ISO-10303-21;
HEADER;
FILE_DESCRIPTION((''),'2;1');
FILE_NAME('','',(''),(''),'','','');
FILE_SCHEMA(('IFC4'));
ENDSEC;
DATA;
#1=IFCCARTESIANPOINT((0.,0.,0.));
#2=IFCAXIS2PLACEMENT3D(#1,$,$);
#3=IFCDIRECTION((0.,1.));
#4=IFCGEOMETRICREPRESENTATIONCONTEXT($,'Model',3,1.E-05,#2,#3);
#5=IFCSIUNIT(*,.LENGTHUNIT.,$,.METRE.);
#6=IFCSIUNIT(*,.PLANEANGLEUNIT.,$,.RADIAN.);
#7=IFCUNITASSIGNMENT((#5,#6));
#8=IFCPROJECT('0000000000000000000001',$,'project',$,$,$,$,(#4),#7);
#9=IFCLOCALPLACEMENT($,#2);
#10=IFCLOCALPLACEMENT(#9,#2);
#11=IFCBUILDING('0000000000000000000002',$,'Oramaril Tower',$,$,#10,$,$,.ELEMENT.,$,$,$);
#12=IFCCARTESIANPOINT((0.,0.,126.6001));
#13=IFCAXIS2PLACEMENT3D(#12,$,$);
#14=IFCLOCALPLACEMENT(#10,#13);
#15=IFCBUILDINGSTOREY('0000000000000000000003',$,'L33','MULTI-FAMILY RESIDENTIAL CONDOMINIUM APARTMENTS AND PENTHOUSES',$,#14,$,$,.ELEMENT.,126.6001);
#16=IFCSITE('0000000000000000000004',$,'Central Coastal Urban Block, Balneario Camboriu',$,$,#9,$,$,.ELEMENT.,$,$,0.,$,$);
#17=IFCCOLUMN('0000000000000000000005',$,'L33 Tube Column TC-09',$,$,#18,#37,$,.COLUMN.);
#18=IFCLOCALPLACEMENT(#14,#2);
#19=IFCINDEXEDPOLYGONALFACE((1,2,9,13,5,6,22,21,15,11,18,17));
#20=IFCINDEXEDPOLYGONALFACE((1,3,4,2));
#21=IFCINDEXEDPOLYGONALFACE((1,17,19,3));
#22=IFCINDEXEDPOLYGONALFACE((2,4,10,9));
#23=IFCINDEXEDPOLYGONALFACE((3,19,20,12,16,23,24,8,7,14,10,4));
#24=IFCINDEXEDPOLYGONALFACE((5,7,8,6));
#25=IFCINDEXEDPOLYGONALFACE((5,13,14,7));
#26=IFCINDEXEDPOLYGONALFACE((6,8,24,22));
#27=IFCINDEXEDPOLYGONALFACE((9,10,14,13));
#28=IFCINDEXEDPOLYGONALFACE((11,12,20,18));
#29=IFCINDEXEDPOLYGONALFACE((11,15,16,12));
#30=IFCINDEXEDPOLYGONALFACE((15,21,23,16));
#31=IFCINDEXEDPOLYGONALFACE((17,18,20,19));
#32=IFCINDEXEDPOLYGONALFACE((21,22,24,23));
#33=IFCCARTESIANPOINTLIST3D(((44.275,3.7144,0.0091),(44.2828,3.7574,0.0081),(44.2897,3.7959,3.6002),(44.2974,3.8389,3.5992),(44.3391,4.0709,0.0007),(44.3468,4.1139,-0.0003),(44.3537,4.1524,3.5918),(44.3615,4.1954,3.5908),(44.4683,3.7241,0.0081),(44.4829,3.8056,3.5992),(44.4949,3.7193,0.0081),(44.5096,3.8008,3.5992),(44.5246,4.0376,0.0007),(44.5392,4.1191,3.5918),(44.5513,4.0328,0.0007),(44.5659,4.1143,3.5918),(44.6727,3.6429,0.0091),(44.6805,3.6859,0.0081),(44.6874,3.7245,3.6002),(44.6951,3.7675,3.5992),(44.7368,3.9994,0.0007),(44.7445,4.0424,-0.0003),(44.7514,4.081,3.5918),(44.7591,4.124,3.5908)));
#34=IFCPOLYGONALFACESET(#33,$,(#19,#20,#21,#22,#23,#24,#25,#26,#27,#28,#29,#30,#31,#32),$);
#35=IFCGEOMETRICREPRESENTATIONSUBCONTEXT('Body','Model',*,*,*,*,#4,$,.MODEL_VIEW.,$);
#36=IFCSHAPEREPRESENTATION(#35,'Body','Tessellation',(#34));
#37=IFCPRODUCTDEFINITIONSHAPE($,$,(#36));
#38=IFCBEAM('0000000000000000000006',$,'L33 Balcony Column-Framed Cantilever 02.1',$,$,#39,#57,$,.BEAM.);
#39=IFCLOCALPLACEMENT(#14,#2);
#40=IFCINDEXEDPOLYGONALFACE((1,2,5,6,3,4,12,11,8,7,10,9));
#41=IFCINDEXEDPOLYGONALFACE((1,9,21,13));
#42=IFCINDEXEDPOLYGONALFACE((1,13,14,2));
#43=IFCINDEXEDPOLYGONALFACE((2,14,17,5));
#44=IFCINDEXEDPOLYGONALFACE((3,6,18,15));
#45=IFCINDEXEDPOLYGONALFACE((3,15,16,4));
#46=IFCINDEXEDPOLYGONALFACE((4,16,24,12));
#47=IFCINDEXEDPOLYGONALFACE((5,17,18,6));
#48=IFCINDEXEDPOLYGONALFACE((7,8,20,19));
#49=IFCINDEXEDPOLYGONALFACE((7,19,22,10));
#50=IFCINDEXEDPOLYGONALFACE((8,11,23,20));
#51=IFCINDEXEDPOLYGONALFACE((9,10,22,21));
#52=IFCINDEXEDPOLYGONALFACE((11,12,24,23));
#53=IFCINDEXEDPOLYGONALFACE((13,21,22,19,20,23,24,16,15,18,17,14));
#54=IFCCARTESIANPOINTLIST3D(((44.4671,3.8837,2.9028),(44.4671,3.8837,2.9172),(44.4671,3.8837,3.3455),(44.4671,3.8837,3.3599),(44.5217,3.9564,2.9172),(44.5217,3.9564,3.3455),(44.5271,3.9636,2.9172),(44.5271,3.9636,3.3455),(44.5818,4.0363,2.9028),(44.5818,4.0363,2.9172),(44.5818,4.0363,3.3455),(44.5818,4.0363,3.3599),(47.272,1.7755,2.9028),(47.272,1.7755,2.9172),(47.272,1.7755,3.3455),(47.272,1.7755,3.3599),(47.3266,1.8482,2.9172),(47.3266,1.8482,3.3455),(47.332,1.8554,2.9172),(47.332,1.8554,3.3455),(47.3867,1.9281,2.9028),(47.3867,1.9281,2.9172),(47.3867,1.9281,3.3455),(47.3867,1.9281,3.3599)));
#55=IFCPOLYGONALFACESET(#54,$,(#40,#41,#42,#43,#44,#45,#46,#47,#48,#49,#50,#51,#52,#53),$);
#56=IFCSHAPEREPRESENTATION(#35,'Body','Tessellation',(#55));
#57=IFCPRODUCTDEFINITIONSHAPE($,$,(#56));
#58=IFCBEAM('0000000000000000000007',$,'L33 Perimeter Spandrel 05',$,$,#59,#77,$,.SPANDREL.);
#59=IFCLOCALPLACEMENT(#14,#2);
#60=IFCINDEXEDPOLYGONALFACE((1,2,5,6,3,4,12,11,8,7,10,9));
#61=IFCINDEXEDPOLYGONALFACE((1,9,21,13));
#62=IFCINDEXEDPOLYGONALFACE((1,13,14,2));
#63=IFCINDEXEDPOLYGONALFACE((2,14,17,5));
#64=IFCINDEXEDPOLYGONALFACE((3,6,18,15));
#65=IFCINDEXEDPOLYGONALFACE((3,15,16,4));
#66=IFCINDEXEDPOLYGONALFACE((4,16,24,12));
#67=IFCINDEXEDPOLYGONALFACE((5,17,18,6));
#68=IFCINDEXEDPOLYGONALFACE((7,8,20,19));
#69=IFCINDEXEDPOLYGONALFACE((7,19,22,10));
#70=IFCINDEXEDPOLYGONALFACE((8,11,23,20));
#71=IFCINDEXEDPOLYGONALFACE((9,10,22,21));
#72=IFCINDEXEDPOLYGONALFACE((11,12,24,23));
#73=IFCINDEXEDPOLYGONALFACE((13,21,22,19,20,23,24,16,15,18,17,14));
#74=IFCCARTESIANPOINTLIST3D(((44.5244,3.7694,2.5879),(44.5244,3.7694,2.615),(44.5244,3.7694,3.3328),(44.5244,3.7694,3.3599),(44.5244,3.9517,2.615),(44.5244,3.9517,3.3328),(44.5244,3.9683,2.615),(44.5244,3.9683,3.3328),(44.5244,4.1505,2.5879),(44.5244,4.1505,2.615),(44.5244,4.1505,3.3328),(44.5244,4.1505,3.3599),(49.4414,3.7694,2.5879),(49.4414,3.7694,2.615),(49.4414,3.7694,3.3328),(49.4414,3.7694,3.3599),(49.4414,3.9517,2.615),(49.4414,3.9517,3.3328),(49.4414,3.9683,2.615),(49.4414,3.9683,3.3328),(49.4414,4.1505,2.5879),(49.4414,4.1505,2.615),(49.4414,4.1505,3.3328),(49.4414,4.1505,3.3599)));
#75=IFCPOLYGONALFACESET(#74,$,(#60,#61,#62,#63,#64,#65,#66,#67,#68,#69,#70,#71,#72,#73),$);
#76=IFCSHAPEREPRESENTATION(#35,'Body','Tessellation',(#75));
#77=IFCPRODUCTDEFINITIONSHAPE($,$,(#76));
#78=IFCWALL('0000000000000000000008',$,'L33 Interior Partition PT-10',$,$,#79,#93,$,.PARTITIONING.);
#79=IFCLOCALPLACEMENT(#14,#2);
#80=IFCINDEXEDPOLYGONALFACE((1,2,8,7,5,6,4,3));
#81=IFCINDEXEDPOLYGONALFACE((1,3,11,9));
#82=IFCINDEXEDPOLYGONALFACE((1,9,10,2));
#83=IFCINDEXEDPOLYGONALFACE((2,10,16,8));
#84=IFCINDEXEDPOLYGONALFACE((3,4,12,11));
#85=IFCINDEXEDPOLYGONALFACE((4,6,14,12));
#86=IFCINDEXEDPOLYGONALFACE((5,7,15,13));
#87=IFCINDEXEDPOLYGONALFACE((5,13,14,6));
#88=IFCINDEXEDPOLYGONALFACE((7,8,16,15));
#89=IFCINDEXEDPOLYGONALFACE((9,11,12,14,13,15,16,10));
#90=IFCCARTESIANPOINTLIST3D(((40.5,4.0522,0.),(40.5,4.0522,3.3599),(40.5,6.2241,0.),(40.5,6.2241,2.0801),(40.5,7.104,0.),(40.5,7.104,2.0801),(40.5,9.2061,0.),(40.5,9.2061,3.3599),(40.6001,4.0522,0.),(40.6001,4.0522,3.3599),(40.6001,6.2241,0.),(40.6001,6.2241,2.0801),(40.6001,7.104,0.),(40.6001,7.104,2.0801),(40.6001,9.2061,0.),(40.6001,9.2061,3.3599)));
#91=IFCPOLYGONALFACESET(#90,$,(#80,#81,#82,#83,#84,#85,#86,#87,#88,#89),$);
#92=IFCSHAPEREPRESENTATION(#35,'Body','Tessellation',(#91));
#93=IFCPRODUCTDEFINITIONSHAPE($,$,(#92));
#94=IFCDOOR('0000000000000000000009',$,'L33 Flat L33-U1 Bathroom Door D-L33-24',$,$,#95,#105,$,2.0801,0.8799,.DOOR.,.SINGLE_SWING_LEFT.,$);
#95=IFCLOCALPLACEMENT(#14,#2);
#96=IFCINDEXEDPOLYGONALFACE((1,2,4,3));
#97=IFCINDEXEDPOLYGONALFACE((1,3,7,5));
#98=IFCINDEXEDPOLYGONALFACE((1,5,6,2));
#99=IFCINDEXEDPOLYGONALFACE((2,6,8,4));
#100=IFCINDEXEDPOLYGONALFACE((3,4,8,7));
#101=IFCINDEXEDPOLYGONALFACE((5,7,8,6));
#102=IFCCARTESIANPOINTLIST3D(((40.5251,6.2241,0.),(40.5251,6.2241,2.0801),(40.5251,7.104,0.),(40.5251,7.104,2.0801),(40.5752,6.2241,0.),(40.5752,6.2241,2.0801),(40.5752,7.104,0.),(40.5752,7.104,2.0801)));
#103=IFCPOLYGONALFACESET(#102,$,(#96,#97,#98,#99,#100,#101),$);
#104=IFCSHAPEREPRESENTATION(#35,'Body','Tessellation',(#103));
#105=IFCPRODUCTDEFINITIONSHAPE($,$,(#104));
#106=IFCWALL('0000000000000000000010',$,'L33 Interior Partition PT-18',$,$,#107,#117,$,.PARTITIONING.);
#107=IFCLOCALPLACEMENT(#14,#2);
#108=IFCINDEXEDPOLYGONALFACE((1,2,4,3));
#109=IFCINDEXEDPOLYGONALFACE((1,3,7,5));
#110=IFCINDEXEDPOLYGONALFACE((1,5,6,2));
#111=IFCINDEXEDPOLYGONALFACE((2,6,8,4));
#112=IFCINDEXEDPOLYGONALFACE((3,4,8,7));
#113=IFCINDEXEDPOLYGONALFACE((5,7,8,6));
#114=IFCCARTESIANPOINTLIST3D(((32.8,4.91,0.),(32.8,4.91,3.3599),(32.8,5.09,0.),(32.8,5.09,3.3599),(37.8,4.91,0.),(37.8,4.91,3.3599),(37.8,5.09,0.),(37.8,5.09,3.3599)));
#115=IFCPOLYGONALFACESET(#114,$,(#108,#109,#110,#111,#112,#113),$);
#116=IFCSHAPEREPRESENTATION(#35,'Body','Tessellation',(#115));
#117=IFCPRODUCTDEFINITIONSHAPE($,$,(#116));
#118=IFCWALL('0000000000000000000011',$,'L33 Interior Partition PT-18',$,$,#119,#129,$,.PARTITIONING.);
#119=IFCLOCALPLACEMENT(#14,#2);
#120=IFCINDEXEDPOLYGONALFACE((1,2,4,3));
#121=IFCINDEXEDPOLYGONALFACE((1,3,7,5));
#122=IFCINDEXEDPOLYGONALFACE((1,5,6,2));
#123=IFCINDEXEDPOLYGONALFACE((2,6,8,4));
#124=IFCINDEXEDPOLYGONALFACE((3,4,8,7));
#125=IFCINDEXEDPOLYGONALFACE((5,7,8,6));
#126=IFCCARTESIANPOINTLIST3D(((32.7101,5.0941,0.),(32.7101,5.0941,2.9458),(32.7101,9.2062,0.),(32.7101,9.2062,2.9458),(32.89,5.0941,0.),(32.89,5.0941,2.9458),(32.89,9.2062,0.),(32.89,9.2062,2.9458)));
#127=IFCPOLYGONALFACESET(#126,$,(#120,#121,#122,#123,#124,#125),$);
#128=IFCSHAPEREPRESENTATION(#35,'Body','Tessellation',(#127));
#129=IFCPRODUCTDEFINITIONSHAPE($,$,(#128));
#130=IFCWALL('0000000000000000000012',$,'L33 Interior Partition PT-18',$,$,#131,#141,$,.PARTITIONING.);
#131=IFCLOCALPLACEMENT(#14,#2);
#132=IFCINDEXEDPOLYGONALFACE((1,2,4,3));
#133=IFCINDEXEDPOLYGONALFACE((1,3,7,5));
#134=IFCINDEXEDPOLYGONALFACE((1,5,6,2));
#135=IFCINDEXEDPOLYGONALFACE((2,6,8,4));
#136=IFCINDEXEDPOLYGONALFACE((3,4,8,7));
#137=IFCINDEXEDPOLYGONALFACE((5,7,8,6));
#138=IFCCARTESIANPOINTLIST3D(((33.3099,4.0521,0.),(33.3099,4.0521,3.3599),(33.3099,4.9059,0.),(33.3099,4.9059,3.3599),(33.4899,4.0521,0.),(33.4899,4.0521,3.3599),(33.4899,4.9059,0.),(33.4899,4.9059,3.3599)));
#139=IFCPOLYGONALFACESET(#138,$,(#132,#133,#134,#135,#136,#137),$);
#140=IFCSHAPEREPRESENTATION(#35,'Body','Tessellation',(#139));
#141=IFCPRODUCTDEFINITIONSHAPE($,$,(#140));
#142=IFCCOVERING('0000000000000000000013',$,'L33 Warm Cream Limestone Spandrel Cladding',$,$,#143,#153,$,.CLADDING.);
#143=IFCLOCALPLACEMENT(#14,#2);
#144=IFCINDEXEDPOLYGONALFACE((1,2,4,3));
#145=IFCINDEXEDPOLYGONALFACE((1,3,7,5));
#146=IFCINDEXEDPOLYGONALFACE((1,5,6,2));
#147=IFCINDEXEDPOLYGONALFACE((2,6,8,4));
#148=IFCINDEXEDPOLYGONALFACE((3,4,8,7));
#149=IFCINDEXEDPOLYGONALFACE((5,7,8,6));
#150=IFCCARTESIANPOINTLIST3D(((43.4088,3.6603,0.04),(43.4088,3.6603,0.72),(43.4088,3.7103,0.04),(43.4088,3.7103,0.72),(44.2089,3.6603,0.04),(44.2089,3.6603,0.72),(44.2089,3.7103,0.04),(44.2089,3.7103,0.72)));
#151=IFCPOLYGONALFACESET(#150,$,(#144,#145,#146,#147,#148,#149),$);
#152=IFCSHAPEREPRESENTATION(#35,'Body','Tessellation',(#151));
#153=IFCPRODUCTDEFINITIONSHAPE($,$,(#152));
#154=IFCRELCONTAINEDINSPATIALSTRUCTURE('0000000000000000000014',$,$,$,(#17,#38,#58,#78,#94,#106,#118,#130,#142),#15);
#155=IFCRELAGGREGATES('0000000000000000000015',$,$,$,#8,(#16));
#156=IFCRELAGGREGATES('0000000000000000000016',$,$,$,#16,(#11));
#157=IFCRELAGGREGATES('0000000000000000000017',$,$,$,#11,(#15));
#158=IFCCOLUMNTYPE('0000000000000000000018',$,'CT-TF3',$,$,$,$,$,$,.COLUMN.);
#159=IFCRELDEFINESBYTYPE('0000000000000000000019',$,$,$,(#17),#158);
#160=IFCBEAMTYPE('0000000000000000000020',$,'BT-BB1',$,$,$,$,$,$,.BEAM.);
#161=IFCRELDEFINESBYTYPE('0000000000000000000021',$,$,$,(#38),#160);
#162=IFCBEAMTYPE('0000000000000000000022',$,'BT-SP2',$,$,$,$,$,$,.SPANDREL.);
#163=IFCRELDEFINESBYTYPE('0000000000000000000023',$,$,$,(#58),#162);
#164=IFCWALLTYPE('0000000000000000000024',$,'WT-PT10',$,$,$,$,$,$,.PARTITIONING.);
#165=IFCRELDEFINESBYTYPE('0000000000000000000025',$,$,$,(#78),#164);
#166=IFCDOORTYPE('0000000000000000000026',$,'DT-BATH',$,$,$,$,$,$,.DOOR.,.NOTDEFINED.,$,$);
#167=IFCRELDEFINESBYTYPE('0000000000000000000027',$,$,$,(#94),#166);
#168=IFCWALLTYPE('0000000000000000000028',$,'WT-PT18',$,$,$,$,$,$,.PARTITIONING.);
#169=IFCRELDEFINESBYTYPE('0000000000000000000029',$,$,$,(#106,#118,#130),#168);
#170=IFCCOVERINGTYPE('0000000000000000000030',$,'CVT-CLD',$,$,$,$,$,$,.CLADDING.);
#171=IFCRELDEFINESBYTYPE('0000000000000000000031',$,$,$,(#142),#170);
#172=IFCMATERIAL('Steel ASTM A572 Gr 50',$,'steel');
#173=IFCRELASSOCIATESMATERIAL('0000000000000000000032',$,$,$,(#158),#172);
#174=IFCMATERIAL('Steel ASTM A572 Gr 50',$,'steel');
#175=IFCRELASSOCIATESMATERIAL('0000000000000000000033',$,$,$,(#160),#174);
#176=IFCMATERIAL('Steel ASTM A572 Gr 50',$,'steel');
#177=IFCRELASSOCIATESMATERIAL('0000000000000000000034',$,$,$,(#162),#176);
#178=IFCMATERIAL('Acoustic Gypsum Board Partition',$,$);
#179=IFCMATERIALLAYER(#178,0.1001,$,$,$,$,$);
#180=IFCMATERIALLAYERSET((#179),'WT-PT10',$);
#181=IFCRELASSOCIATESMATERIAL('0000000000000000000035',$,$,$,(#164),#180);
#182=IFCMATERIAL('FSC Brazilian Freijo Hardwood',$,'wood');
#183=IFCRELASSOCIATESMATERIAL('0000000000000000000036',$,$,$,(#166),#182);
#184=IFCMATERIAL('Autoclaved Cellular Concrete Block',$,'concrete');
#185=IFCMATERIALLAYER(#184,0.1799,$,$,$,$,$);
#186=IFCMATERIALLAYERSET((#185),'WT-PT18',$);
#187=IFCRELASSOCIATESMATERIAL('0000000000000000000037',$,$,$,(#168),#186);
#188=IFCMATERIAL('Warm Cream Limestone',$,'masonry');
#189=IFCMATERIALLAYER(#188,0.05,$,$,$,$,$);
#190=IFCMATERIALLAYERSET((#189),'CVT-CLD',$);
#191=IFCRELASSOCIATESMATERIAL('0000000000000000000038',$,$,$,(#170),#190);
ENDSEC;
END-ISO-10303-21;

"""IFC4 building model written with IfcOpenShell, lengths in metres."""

from ifc_helpers import new_model, si_unit, direction, frame, frame_2d, origin, origin_2d, place, context, subcontext, project, spatial, rectangle, i_section, extrude, material, layer, layer_set, material_profile, profile_set, type_object, element, fill, save


model = new_model("IFC4")

# Units and contexts
model_context = context("Model", 3, precision=1e-05, world=origin(), true_north=direction((0.0, 1.0)))
body_context = subcontext(model_context, "Body", "Model", "MODEL_VIEW")
ifc_project = project(units=[si_unit("LENGTHUNIT", "METRE"), si_unit("PLANEANGLEUNIT", "RADIAN")], contexts=[model_context])

# Site, building, storey
site_placement = place(None, origin())
site = spatial("IfcSite", under=ifc_project, at=site_placement, Name="Central Coastal Urban Block, Balneario Camboriu", CompositionType="ELEMENT", RefElevation=0.0)
building_placement = place(site_placement, origin())
building = spatial("IfcBuilding", under=site, at=building_placement, Name="Oramaril Tower", CompositionType="ELEMENT")
storey_placement = place(building_placement, frame((0.0, 0.0, 126.6001)))
storey = spatial("IfcBuildingStorey", under=building, at=storey_placement, Name="L33", Description="MULTI-FAMILY RESIDENTIAL CONDOMINIUM APARTMENTS AND PENTHOUSES", CompositionType="ELEMENT", Elevation=126.6001)

# Column
ifc_material_1 = material(Name="Steel ASTM A572 Gr 50", Category="steel")
ifc_material_profile_1 = material_profile(ifc_material_1, i_section(OverallWidth=0.4041, OverallDepth=0.406, WebThickness=0.0271, FlangeThickness=0.0437, at=origin_2d()), Name="W14X233")
ifc_profile_set_1 = profile_set([ifc_material_profile_1], Name="Steel ASTM A572 Gr 50")
column_type = type_object("IfcColumnType", Name="CT-TF3", PredefinedType="COLUMN", material=ifc_profile_set_1)
column_placement = place(storey_placement, frame((44.5098, 3.8784, 0.0044), z_axis=(0.004078, 0.022701, 0.999734), x_axis=(-0.984245, 0.17681, 0.0)))
element("IfcColumn", 1, at=column_placement, inside=storey, type_object=column_type, Name="L33 Tube Column TC-09", PredefinedType="COLUMN", context=body_context, shape_type="SweptSolid", body=[
    extrude(i_section(OverallWidth=0.4041, OverallDepth=0.406, WebThickness=0.0271, FlangeThickness=0.0437, at=origin_2d()), origin(), (0.0, 0.0, 1.0), 3.592),
])

# Beams
ifc_material_2 = material(Name="Steel ASTM A572 Gr 50", Category="steel")
ifc_material_profile_2 = material_profile(ifc_material_2, i_section(OverallWidth=0.1909, OverallDepth=0.457, WebThickness=0.009, FlangeThickness=0.0144, at=origin_2d()), Name="W18X50")
ifc_profile_set_2 = profile_set([ifc_material_profile_2], Name="Steel ASTM A572 Gr 50")
beam_type_1 = type_object("IfcBeamType", Name="BT-BB1", PredefinedType="BEAM", material=ifc_profile_set_2)
beam_1_placement = place(storey_placement, frame((44.5244, 3.96, 3.1313), z_axis=(0.79939, -0.600812, 0.0), x_axis=(0.600812, 0.79939, 0.0)))
element("IfcBeam", 2, at=beam_1_placement, inside=storey, type_object=beam_type_1, Name="L33 Balcony Column-Framed Cantilever 02.1", PredefinedType="BEAM", context=body_context, shape_type="SweptSolid", body=[
    extrude(i_section(OverallWidth=0.1909, OverallDepth=0.457, WebThickness=0.009, FlangeThickness=0.0144, at=origin_2d()), origin(), (0.0, 0.0, 1.0), 3.5088),
])
ifc_material_3 = material(Name="Steel ASTM A572 Gr 50", Category="steel")
ifc_material_profile_3 = material_profile(ifc_material_3, i_section(OverallWidth=0.3811, OverallDepth=0.772, WebThickness=0.0166, FlangeThickness=0.0271, at=origin_2d()), Name="W30X173")
ifc_profile_set_3 = profile_set([ifc_material_profile_3], Name="Steel ASTM A572 Gr 50")
beam_type_2 = type_object("IfcBeamType", Name="BT-SP2", PredefinedType="SPANDREL", material=ifc_profile_set_3)
beam_2_placement = place(storey_placement, frame((44.5244, 3.96, 2.9739), z_axis=(1.0, 0.0, 0.0), x_axis=(0.0, 1.0, 0.0)))
element("IfcBeam", 3, at=beam_2_placement, inside=storey, type_object=beam_type_2, Name="L33 Perimeter Spandrel 05", PredefinedType="SPANDREL", context=body_context, shape_type="SweptSolid", body=[
    extrude(i_section(OverallWidth=0.3811, OverallDepth=0.772, WebThickness=0.0166, FlangeThickness=0.0271, at=origin_2d()), origin(), (0.0, 0.0, 1.0), 4.917),
])

# Wall, opening, door
ifc_material_4 = material(Name="Acoustic Gypsum Board Partition")
ifc_layer_1 = layer(ifc_material_4, 0.1001)
ifc_layer_set_1 = layer_set([ifc_layer_1], Name="WT-PT10")
wall_type_1 = type_object("IfcWallType", Name="WT-PT10", PredefinedType="PARTITIONING", material=ifc_layer_set_1)
wall_1_placement = place(storey_placement, frame((40.55, 4.0522, 0.0), z_axis=(0.0, 0.0, 1.0), x_axis=(0.0, 1.0, 0.0)))
wall_1 = element("IfcWall", 4, at=wall_1_placement, inside=storey, type_object=wall_type_1, Name="L33 Interior Partition PT-10", PredefinedType="PARTITIONING", context=body_context, shape_type="SweptSolid", body=[
    extrude(rectangle(XDim=5.1538, YDim=0.1001, at=frame_2d((2.5769, 0.0))), origin(), (0.0, 0.0, 1.0), 3.3599),
])
opening_placement = place(wall_1_placement, frame((2.1719, 0.0, 0.0)))
opening = element("IfcOpeningElement", 5, at=opening_placement, cuts=wall_1, PredefinedType="OPENING", context=body_context, shape_type="SweptSolid", body=[
    extrude(rectangle(XDim=0.8799, YDim=2.0801, at=frame_2d((0.4399, 1.04))), frame((0.0, 0.05, 0.0), z_axis=(0.0, -1.0, 0.0), x_axis=(1.0, 0.0, 0.0)), (0.0, 0.0, 1.0), 0.1001),
])
ifc_material_5 = material(Name="FSC Brazilian Freijo Hardwood", Category="wood")
door_type = type_object("IfcDoorType", Name="DT-BATH", OperationType="NOTDEFINED", PredefinedType="DOOR", material=ifc_material_5)
door_placement = place(opening_placement, origin())
door = element("IfcDoor", 6, at=door_placement, inside=storey, type_object=door_type, Name="L33 Flat L33-U1 Bathroom Door D-L33-24", OperationType="SINGLE_SWING_LEFT", OverallHeight=2.0801, OverallWidth=0.8799, PredefinedType="DOOR", context=body_context, shape_type="SweptSolid", body=[
    extrude(rectangle(XDim=0.8799, YDim=2.0801, at=frame_2d((0.4399, 1.04))), frame((0.0, 0.0249, 0.0), z_axis=(0.0, -1.0, 0.0), x_axis=(1.0, 0.0, 0.0)), (0.0, 0.0, 1.0), 0.05),
])
fill(opening, door)

# Walls
ifc_material_6 = material(Name="Autoclaved Cellular Concrete Block", Category="concrete")
ifc_layer_2 = layer(ifc_material_6, 0.1799)
ifc_layer_set_2 = layer_set([ifc_layer_2], Name="WT-PT18")
wall_type_2 = type_object("IfcWallType", Name="WT-PT18", PredefinedType="PARTITIONING", material=ifc_layer_set_2)
wall_2_placement = place(storey_placement, frame((32.8, 5.0, 0.0), z_axis=(0.0, 0.0, 1.0), x_axis=(1.0, 0.0, 0.0)))
element("IfcWall", 7, at=wall_2_placement, inside=storey, type_object=wall_type_2, Name="L33 Interior Partition PT-18", PredefinedType="PARTITIONING", context=body_context, shape_type="SweptSolid", body=[
    extrude(rectangle(XDim=5.0, YDim=0.1799, at=frame_2d((2.5, 0.0))), origin(), (0.0, 0.0, 1.0), 3.3599),
])
wall_3_placement = place(storey_placement, frame((32.8, 5.094, 0.0), z_axis=(0.0, 0.0, 1.0), x_axis=(0.0, 1.0, 0.0)))
element("IfcWall", 8, at=wall_3_placement, inside=storey, type_object=wall_type_2, Name="L33 Interior Partition PT-18", PredefinedType="PARTITIONING", context=body_context, shape_type="SweptSolid", body=[
    extrude(rectangle(XDim=4.1121, YDim=0.1799, at=frame_2d((2.0562, 0.0))), origin(), (0.0, 0.0, 1.0), 2.9458),
])
wall_4_placement = place(storey_placement, frame((33.3999, 4.0522, 0.0), z_axis=(0.0, 0.0, 1.0), x_axis=(0.0, 1.0, 0.0)))
element("IfcWall", 9, at=wall_4_placement, inside=storey, type_object=wall_type_2, Name="L33 Interior Partition PT-18", PredefinedType="PARTITIONING", context=body_context, shape_type="SweptSolid", body=[
    extrude(rectangle(XDim=0.8538, YDim=0.1799, at=frame_2d((0.4268, 0.0))), origin(), (0.0, 0.0, 1.0), 3.3599),
])

# Covering
ifc_material_7 = material(Name="Warm Cream Limestone", Category="masonry")
ifc_layer_3 = layer(ifc_material_7, 0.05)
ifc_layer_set_3 = layer_set([ifc_layer_3], Name="CVT-CLD")
covering_type = type_object("IfcCoveringType", Name="CVT-CLD", PredefinedType="CLADDING", material=ifc_layer_set_3)
covering_placement = place(storey_placement, frame((43.8088, 3.6853, 0.04), z_axis=(0.0, 0.0, 1.0), x_axis=(1.0, 0.0, 0.0)))
element("IfcCovering", 10, at=covering_placement, inside=storey, type_object=covering_type, Name="L33 Warm Cream Limestone Spandrel Cladding", PredefinedType="CLADDING", context=body_context, shape_type="SweptSolid", body=[
    extrude(rectangle(XDim=0.8, YDim=0.05, at=origin_2d()), origin(), (0.0, 0.0, 1.0), 0.6799),
])

save(model, "model.ifc")
